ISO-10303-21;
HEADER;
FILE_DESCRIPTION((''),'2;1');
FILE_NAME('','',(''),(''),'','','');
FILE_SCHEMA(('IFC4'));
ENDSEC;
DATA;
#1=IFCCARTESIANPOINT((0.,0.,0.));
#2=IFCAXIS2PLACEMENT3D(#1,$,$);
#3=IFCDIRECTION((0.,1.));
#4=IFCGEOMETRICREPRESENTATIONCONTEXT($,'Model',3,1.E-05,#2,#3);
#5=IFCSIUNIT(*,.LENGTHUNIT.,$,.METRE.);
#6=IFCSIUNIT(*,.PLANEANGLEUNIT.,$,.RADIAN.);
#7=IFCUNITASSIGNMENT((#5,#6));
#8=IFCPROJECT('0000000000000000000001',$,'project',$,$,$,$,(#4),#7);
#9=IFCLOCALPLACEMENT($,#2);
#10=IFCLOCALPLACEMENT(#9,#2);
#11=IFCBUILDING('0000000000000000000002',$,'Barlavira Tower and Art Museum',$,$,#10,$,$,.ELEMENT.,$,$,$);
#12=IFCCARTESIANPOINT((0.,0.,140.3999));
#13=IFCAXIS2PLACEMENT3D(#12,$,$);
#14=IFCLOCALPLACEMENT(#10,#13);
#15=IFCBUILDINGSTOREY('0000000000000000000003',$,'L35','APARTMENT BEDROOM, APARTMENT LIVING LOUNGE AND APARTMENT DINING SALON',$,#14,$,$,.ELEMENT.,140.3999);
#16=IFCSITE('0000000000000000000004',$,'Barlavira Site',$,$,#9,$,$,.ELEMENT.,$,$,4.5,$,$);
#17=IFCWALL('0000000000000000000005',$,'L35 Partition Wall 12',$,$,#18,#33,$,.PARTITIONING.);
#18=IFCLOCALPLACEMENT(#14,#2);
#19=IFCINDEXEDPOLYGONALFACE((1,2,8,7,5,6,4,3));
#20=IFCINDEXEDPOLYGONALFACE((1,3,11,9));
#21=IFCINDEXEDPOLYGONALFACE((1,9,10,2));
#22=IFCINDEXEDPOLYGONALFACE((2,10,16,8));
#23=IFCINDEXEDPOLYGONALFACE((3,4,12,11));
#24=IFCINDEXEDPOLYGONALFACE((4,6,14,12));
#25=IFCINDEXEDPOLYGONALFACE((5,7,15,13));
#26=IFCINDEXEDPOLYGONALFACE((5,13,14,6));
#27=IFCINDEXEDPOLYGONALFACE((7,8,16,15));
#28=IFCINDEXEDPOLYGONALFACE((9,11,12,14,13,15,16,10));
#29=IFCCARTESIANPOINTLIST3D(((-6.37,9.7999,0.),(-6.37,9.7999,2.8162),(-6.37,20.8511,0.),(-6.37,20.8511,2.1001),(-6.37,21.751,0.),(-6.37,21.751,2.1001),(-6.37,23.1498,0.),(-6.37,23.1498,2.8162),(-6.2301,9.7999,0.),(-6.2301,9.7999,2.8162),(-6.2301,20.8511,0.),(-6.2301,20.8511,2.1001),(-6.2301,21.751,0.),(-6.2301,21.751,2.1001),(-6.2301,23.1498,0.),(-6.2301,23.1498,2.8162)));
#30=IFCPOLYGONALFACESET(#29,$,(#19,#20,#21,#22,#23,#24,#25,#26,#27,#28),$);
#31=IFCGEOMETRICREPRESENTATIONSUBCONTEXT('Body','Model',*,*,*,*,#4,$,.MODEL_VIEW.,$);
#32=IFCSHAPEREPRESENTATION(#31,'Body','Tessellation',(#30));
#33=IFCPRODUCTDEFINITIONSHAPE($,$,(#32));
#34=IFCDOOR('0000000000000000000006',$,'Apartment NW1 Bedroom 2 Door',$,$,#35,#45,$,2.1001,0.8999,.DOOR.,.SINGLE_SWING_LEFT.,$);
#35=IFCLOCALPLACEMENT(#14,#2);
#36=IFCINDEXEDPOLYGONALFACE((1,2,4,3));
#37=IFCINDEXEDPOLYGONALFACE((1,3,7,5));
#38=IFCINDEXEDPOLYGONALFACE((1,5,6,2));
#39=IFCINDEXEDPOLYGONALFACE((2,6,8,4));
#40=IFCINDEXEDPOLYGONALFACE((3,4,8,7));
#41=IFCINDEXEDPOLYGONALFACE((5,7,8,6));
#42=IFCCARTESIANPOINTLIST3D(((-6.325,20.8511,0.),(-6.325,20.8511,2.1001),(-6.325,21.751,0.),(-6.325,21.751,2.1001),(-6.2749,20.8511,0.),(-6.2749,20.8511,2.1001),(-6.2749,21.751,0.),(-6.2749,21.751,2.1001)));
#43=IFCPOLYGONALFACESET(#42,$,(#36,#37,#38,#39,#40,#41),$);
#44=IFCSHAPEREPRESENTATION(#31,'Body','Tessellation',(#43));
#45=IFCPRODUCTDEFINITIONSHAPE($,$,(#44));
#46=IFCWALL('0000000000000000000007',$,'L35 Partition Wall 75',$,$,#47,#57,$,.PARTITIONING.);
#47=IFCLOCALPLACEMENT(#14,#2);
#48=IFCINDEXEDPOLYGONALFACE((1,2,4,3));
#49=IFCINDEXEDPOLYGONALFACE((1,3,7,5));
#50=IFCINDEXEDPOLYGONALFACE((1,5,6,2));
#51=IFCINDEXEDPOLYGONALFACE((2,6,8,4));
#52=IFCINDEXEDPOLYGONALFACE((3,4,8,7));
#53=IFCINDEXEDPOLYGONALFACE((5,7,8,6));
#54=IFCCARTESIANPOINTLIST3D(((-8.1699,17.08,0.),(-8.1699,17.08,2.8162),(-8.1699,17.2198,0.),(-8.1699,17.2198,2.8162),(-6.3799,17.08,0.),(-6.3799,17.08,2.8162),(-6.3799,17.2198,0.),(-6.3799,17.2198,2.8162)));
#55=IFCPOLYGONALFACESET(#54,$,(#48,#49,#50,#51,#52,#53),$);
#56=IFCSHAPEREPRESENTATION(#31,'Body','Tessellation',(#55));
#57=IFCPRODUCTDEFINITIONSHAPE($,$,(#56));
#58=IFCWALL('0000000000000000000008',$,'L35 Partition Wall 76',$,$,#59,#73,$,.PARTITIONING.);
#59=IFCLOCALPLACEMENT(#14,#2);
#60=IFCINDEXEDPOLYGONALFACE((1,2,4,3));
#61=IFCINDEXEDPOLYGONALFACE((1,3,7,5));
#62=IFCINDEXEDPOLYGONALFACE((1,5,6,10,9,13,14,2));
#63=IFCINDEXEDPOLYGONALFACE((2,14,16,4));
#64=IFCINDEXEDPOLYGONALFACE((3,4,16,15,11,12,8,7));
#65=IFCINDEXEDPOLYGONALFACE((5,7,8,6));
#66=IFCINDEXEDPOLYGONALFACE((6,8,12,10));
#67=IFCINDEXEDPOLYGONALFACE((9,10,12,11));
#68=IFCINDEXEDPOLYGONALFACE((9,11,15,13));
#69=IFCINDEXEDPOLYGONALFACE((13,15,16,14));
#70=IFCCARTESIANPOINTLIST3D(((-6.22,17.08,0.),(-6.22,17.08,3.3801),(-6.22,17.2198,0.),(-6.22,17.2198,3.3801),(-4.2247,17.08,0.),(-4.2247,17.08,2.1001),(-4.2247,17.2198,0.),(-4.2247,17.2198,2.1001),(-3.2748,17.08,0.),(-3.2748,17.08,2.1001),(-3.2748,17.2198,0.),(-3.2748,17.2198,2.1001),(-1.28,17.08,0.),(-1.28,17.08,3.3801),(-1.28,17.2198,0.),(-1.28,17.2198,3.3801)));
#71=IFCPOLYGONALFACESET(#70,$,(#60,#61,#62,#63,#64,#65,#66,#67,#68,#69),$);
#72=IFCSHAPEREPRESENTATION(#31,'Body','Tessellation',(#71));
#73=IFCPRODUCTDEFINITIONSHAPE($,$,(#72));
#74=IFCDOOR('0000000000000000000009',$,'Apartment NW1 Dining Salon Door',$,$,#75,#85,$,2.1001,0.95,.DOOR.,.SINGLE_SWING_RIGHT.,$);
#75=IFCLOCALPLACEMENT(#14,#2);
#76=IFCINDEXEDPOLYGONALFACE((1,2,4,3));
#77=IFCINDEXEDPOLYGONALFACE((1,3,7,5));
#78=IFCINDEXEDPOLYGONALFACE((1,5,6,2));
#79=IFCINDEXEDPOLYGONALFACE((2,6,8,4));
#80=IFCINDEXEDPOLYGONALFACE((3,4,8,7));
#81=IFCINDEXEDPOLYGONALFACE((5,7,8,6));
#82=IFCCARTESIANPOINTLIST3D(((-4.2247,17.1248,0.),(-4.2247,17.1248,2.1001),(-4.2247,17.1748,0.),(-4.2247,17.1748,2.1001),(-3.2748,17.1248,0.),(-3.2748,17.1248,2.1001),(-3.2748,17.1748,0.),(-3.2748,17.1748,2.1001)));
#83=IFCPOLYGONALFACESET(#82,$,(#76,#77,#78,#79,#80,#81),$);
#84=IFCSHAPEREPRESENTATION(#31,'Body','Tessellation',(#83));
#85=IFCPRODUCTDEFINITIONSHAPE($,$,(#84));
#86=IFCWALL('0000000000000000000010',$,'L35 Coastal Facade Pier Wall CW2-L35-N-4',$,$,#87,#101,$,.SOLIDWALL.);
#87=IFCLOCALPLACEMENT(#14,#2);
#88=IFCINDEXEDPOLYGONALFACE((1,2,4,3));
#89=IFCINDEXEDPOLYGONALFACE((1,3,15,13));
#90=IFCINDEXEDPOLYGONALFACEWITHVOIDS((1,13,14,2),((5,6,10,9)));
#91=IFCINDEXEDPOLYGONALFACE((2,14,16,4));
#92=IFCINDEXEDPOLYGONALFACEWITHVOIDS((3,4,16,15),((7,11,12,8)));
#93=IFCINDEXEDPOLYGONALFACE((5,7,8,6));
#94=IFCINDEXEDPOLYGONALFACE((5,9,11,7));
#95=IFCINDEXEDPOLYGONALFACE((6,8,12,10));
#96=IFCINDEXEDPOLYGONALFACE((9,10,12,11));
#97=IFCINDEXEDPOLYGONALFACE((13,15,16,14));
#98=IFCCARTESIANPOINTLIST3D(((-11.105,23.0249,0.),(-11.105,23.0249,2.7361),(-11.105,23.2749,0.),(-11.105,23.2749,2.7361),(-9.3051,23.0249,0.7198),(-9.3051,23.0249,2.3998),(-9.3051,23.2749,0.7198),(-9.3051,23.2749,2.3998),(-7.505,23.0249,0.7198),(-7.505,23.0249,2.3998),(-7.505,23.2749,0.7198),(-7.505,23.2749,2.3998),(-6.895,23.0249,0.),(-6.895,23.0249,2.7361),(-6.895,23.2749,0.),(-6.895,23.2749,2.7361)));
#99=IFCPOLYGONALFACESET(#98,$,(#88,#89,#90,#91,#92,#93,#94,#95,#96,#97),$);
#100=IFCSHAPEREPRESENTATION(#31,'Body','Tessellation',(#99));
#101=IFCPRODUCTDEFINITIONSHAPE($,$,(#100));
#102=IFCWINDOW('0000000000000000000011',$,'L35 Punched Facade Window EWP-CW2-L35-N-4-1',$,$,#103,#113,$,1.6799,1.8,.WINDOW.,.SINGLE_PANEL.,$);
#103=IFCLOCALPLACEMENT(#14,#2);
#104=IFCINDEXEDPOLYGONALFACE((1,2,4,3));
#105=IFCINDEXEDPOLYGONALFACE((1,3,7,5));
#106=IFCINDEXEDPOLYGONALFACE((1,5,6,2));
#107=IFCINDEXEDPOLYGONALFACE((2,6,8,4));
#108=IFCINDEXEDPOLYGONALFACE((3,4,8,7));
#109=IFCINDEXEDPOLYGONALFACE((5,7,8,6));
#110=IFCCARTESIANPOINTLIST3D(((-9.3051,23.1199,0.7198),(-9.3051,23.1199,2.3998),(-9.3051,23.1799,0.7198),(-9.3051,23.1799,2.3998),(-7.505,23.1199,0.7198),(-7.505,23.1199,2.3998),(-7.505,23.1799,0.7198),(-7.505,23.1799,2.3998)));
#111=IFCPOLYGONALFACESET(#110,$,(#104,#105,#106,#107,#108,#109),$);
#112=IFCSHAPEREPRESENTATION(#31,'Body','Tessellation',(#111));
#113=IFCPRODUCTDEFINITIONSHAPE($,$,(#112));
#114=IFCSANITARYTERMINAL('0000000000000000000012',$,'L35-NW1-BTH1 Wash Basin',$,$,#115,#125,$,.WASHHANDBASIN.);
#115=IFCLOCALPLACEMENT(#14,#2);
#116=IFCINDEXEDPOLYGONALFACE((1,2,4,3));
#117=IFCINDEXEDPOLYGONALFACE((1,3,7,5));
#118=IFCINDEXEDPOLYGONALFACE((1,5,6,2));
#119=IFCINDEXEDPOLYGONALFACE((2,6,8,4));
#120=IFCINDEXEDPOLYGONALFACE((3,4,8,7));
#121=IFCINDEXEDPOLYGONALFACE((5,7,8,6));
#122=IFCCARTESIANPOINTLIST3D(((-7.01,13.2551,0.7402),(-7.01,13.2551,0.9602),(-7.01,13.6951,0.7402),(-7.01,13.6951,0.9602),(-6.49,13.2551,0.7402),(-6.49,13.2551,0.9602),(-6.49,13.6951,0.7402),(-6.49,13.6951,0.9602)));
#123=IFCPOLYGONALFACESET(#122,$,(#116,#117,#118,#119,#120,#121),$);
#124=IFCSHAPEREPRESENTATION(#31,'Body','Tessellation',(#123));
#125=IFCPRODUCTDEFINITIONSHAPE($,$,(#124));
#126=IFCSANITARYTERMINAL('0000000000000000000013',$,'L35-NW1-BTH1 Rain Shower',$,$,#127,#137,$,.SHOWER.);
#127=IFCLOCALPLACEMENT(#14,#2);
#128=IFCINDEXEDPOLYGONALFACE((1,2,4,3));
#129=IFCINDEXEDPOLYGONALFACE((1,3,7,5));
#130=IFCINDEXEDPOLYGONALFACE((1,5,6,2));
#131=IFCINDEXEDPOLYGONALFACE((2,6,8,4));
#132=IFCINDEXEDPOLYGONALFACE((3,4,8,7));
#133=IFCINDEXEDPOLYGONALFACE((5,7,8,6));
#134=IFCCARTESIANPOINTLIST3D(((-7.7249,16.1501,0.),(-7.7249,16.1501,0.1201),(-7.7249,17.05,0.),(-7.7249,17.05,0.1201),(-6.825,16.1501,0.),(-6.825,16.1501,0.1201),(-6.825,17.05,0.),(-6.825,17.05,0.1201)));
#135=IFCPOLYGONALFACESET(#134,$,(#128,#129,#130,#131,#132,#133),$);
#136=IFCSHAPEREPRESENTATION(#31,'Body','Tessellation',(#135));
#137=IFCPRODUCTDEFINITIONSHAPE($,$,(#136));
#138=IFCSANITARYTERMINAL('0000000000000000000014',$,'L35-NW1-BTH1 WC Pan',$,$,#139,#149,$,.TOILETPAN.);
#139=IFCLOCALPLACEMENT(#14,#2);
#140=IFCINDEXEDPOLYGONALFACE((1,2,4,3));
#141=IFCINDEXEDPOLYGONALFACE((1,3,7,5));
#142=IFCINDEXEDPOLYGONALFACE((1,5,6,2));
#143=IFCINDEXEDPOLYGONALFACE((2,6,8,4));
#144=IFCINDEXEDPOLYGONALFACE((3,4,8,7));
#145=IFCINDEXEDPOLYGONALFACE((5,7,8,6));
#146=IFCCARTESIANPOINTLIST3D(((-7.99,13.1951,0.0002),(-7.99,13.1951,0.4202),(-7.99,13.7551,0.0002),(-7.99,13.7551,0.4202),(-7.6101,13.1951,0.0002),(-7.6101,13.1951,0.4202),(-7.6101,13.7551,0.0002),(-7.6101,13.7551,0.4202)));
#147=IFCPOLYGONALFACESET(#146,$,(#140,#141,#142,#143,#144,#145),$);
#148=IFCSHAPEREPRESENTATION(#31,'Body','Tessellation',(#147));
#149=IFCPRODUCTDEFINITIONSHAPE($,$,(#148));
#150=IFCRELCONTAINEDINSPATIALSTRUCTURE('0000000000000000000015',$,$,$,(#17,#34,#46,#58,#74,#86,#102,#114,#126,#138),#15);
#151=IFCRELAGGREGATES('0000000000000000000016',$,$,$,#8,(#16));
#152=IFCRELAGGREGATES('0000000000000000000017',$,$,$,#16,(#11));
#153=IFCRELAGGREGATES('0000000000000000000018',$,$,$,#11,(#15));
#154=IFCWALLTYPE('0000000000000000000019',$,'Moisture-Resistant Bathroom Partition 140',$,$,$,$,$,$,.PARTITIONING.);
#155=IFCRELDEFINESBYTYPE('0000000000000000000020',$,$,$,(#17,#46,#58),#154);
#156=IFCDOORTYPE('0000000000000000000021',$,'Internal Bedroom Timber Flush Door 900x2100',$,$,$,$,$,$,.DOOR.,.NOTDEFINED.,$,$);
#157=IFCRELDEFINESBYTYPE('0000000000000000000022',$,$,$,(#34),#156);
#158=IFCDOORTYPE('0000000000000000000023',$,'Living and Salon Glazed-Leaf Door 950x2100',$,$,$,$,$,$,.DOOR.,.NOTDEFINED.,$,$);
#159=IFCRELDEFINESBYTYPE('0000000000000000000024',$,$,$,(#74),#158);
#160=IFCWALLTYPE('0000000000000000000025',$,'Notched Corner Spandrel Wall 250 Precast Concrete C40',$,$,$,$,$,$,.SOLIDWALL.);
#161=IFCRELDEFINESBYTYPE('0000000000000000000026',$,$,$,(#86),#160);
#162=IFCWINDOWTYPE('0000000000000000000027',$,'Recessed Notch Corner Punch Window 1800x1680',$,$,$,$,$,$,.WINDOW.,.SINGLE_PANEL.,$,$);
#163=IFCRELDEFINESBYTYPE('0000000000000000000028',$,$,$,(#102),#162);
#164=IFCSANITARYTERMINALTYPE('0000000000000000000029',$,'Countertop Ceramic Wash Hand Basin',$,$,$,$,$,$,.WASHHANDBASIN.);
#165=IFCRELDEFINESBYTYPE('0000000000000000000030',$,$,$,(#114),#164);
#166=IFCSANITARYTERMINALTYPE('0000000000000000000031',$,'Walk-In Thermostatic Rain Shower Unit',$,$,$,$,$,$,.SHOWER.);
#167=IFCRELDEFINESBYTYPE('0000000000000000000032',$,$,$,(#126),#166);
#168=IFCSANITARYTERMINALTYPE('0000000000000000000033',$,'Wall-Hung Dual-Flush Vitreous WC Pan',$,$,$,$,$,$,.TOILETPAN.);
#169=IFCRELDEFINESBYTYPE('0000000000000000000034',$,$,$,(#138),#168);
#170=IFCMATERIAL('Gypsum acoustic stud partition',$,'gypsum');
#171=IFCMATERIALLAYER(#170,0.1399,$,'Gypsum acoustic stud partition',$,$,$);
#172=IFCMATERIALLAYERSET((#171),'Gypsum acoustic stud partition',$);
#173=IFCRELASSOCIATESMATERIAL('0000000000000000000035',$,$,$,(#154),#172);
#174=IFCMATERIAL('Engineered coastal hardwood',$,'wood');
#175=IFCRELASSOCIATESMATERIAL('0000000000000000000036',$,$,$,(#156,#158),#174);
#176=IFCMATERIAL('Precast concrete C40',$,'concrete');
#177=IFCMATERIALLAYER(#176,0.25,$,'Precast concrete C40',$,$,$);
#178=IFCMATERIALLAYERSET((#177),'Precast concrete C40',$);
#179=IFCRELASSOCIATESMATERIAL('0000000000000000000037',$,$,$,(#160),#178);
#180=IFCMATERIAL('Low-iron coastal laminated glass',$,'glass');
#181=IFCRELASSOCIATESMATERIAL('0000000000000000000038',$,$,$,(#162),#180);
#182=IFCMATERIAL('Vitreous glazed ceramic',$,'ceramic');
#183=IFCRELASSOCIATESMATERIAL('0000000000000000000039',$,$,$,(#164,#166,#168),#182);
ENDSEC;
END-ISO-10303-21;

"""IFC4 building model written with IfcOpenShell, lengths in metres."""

from ifc_helpers import new_model, si_unit, direction, frame, frame_2d, origin, origin_2d, place, context, subcontext, project, spatial, rectangle, extrude, material, layer, layer_set, type_object, element, fill, save


model = new_model("IFC4")

# Units and contexts
model_context = context("Model", 3, precision=1e-05, world=origin(), true_north=direction((0.0, 1.0)))
body_context = subcontext(model_context, "Body", "Model", "MODEL_VIEW")
ifc_project = project(units=[si_unit("LENGTHUNIT", "METRE"), si_unit("PLANEANGLEUNIT", "RADIAN")], contexts=[model_context])

# Site, building, storey
site_placement = place(None, origin())
site = spatial("IfcSite", under=ifc_project, at=site_placement, Name="Barlavira Site", CompositionType="ELEMENT", RefElevation=4.5)
building_placement = place(site_placement, origin())
building = spatial("IfcBuilding", under=site, at=building_placement, Name="Barlavira Tower and Art Museum", CompositionType="ELEMENT")
storey_placement = place(building_placement, frame((0.0, 0.0, 140.3999)))
storey = spatial("IfcBuildingStorey", under=building, at=storey_placement, Name="L35", Description="APARTMENT BEDROOM, APARTMENT LIVING LOUNGE AND APARTMENT DINING SALON", CompositionType="ELEMENT", Elevation=140.3999)

# Shared definitions
ifc_material_1 = material(Name="Low-iron coastal laminated glass", Category="glass")

# Shared definitions
ifc_material_2 = material(Name="Gypsum acoustic stud partition", Category="gypsum")

# Wall, opening, door
ifc_layer_1 = layer(ifc_material_2, 0.1399, Name="Gypsum acoustic stud partition")
ifc_layer_set_1 = layer_set([ifc_layer_1], Name="Gypsum acoustic stud partition")
wall_type_1 = type_object("IfcWallType", Name="Moisture-Resistant Bathroom Partition 140", PredefinedType="PARTITIONING", material=ifc_layer_set_1)
wall_1_placement = place(storey_placement, frame((-6.3, 9.8, 0.0), z_axis=(0.0, 0.0, 1.0), x_axis=(0.0, 1.0, 0.0)))
wall_1 = element("IfcWall", 1, at=wall_1_placement, inside=storey, type_object=wall_type_1, Name="L35 Partition Wall 12", PredefinedType="PARTITIONING", context=body_context, shape_type="SweptSolid", body=[
    extrude(rectangle(XDim=13.3499, YDim=0.1399, at=frame_2d((6.6748, 0.0))), origin(), (0.0, 0.0, 1.0), 2.8162),
])
opening_1_placement = place(wall_1_placement, frame((11.051, 0.0, 0.0)))
opening_1 = element("IfcOpeningElement", 2, at=opening_1_placement, cuts=wall_1, PredefinedType="OPENING", context=body_context, shape_type="SweptSolid", body=[
    extrude(rectangle(XDim=0.8999, YDim=2.1001, at=frame_2d((0.45, 1.05))), frame((0.0, 0.0801, 0.0), z_axis=(0.0, -1.0, 0.0), x_axis=(1.0, 0.0, 0.0)), (0.0, 0.0, 1.0), 0.1599),
])
ifc_material_3 = material(Name="Engineered coastal hardwood", Category="wood")
door_type_1 = type_object("IfcDoorType", Name="Internal Bedroom Timber Flush Door 900x2100", OperationType="NOTDEFINED", PredefinedType="DOOR", material=ifc_material_3)
door_1_placement = place(opening_1_placement, origin())
door_1 = element("IfcDoor", 3, at=door_1_placement, inside=storey, type_object=door_type_1, Name="Apartment NW1 Bedroom 2 Door", OperationType="SINGLE_SWING_LEFT", OverallHeight=2.1001, OverallWidth=0.8999, PredefinedType="DOOR", context=body_context, shape_type="SweptSolid", body=[
    extrude(rectangle(XDim=0.8999, YDim=2.1001, at=frame_2d((0.45, 1.05))), frame((0.0, 0.0249, 0.0), z_axis=(0.0, -1.0, 0.0), x_axis=(1.0, 0.0, 0.0)), (0.0, 0.0, 1.0), 0.05),
])
fill(opening_1, door_1)

# Wall
wall_2_placement = place(storey_placement, frame((-8.1699, 17.1499, 0.0), z_axis=(0.0, 0.0, 1.0), x_axis=(1.0, 0.0, 0.0)))
element("IfcWall", 4, at=wall_2_placement, inside=storey, type_object=wall_type_1, Name="L35 Partition Wall 75", PredefinedType="PARTITIONING", context=body_context, shape_type="SweptSolid", body=[
    extrude(rectangle(XDim=1.79, YDim=0.1399, at=frame_2d((0.895, 0.0))), origin(), (0.0, 0.0, 1.0), 2.8162),
])

# Wall, opening, door
wall_3_placement = place(storey_placement, frame((-6.22, 17.1499, 0.0), z_axis=(0.0, 0.0, 1.0), x_axis=(1.0, 0.0, 0.0)))
wall_3 = element("IfcWall", 5, at=wall_3_placement, inside=storey, type_object=wall_type_1, Name="L35 Partition Wall 76", PredefinedType="PARTITIONING", context=body_context, shape_type="SweptSolid", body=[
    extrude(rectangle(XDim=4.9399, YDim=0.1399, at=frame_2d((2.47, 0.0))), origin(), (0.0, 0.0, 1.0), 3.3801),
])
opening_2_placement = place(wall_3_placement, frame((1.9951, 0.0, 0.0)))
opening_2 = element("IfcOpeningElement", 6, at=opening_2_placement, cuts=wall_3, PredefinedType="OPENING", context=body_context, shape_type="SweptSolid", body=[
    extrude(rectangle(XDim=0.95, YDim=2.1001, at=frame_2d((0.4751, 1.05))), frame((0.0, 0.0801, 0.0), z_axis=(0.0, -1.0, 0.0), x_axis=(1.0, 0.0, 0.0)), (0.0, 0.0, 1.0), 0.1599),
])
door_type_2 = type_object("IfcDoorType", Name="Living and Salon Glazed-Leaf Door 950x2100", OperationType="NOTDEFINED", PredefinedType="DOOR", material=ifc_material_3)
door_2_placement = place(opening_2_placement, origin())
door_2 = element("IfcDoor", 7, at=door_2_placement, inside=storey, type_object=door_type_2, Name="Apartment NW1 Dining Salon Door", OperationType="SINGLE_SWING_RIGHT", OverallHeight=2.1001, OverallWidth=0.95, PredefinedType="DOOR", context=body_context, shape_type="SweptSolid", body=[
    extrude(rectangle(XDim=0.95, YDim=2.1001, at=frame_2d((0.4751, 1.05))), frame((0.0, 0.0249, 0.0), z_axis=(0.0, -1.0, 0.0), x_axis=(1.0, 0.0, 0.0)), (0.0, 0.0, 1.0), 0.05),
])
fill(opening_2, door_2)

# Wall, opening, window
ifc_material_4 = material(Name="Precast concrete C40", Category="concrete")
ifc_layer_2 = layer(ifc_material_4, 0.25, Name="Precast concrete C40")
ifc_layer_set_2 = layer_set([ifc_layer_2], Name="Precast concrete C40")
wall_type_2 = type_object("IfcWallType", Name="Notched Corner Spandrel Wall 250 Precast Concrete C40", PredefinedType="SOLIDWALL", material=ifc_layer_set_2)
wall_4_placement = place(storey_placement, frame((-6.895, 23.1499, 0.0), z_axis=(0.0, 0.0, 1.0), x_axis=(-1.0, 0.0, 0.0)))
wall_4 = element("IfcWall", 8, at=wall_4_placement, inside=storey, type_object=wall_type_2, Name="L35 Coastal Facade Pier Wall CW2-L35-N-4", PredefinedType="SOLIDWALL", context=body_context, shape_type="SweptSolid", body=[
    extrude(rectangle(XDim=4.21, YDim=0.25, at=frame_2d((2.105, 0.0))), origin(), (0.0, 0.0, 1.0), 2.7361),
])
opening_3_placement = place(wall_4_placement, frame((0.6101, 0.0, 0.72)))
opening_3 = element("IfcOpeningElement", 9, at=opening_3_placement, cuts=wall_4, PredefinedType="OPENING", context=body_context, shape_type="SweptSolid", body=[
    extrude(rectangle(XDim=1.8, YDim=1.6799, at=frame_2d((0.8999, 0.8398))), frame((0.0, 0.135, 0.0), z_axis=(0.0, -1.0, 0.0), x_axis=(1.0, 0.0, 0.0)), (0.0, 0.0, 1.0), 0.27),
])
window_type = type_object("IfcWindowType", Name="Recessed Notch Corner Punch Window 1800x1680", PartitioningType="SINGLE_PANEL", PredefinedType="WINDOW", material=ifc_material_1)
window_placement = place(opening_3_placement, origin())
window = element("IfcWindow", 10, at=window_placement, inside=storey, type_object=window_type, Name="L35 Punched Facade Window EWP-CW2-L35-N-4-1", OverallHeight=1.6799, OverallWidth=1.8, PartitioningType="SINGLE_PANEL", PredefinedType="WINDOW", context=body_context, shape_type="SweptSolid", body=[
    extrude(rectangle(XDim=1.8, YDim=1.6799, at=frame_2d((0.8999, 0.8398))), frame((0.0, 0.03, 0.0), z_axis=(0.0, -1.0, 0.0), x_axis=(1.0, 0.0, 0.0)), (0.0, 0.0, 1.0), 0.0601),
])
fill(opening_3, window)

# Sanitary terminals
ifc_material_5 = material(Name="Vitreous glazed ceramic", Category="ceramic")
sanitary_terminal_type_1 = type_object("IfcSanitaryTerminalType", Name="Countertop Ceramic Wash Hand Basin", PredefinedType="WASHHANDBASIN", material=ifc_material_5)
sanitary_terminal_1_placement = place(storey_placement, frame((-6.75, 13.4751, 0.7402), z_axis=(0.0, 0.0, 1.0), x_axis=(1.0, 0.0, 0.0)))
element("IfcSanitaryTerminal", 11, at=sanitary_terminal_1_placement, inside=storey, type_object=sanitary_terminal_type_1, Name="L35-NW1-BTH1 Wash Basin", PredefinedType="WASHHANDBASIN", context=body_context, shape_type="SweptSolid", body=[
    extrude(rectangle(XDim=0.52, YDim=0.4399, at=origin_2d()), origin(), (0.0, 0.0, 1.0), 0.22),
])
sanitary_terminal_type_2 = type_object("IfcSanitaryTerminalType", Name="Walk-In Thermostatic Rain Shower Unit", PredefinedType="SHOWER", material=ifc_material_5)
sanitary_terminal_2_placement = place(storey_placement, frame((-7.2749, 16.6001, 0.0), z_axis=(0.0, 0.0, 1.0), x_axis=(1.0, 0.0, 0.0)))
element("IfcSanitaryTerminal", 12, at=sanitary_terminal_2_placement, inside=storey, type_object=sanitary_terminal_type_2, Name="L35-NW1-BTH1 Rain Shower", PredefinedType="SHOWER", context=body_context, shape_type="SweptSolid", body=[
    extrude(rectangle(XDim=0.8999, YDim=0.8999, at=origin_2d()), origin(), (0.0, 0.0, 1.0), 0.1201),
])
sanitary_terminal_type_3 = type_object("IfcSanitaryTerminalType", Name="Wall-Hung Dual-Flush Vitreous WC Pan", PredefinedType="TOILETPAN", material=ifc_material_5)
sanitary_terminal_3_placement = place(storey_placement, frame((-7.8, 13.4751, 0.0002), z_axis=(0.0, 0.0, 1.0), x_axis=(1.0, 0.0, 0.0)))
element("IfcSanitaryTerminal", 13, at=sanitary_terminal_3_placement, inside=storey, type_object=sanitary_terminal_type_3, Name="L35-NW1-BTH1 WC Pan", PredefinedType="TOILETPAN", context=body_context, shape_type="SweptSolid", body=[
    extrude(rectangle(XDim=0.3799, YDim=0.5601, at=origin_2d()), origin(), (0.0, 0.0, 1.0), 0.4199),
])

save(model, "model.ifc")
